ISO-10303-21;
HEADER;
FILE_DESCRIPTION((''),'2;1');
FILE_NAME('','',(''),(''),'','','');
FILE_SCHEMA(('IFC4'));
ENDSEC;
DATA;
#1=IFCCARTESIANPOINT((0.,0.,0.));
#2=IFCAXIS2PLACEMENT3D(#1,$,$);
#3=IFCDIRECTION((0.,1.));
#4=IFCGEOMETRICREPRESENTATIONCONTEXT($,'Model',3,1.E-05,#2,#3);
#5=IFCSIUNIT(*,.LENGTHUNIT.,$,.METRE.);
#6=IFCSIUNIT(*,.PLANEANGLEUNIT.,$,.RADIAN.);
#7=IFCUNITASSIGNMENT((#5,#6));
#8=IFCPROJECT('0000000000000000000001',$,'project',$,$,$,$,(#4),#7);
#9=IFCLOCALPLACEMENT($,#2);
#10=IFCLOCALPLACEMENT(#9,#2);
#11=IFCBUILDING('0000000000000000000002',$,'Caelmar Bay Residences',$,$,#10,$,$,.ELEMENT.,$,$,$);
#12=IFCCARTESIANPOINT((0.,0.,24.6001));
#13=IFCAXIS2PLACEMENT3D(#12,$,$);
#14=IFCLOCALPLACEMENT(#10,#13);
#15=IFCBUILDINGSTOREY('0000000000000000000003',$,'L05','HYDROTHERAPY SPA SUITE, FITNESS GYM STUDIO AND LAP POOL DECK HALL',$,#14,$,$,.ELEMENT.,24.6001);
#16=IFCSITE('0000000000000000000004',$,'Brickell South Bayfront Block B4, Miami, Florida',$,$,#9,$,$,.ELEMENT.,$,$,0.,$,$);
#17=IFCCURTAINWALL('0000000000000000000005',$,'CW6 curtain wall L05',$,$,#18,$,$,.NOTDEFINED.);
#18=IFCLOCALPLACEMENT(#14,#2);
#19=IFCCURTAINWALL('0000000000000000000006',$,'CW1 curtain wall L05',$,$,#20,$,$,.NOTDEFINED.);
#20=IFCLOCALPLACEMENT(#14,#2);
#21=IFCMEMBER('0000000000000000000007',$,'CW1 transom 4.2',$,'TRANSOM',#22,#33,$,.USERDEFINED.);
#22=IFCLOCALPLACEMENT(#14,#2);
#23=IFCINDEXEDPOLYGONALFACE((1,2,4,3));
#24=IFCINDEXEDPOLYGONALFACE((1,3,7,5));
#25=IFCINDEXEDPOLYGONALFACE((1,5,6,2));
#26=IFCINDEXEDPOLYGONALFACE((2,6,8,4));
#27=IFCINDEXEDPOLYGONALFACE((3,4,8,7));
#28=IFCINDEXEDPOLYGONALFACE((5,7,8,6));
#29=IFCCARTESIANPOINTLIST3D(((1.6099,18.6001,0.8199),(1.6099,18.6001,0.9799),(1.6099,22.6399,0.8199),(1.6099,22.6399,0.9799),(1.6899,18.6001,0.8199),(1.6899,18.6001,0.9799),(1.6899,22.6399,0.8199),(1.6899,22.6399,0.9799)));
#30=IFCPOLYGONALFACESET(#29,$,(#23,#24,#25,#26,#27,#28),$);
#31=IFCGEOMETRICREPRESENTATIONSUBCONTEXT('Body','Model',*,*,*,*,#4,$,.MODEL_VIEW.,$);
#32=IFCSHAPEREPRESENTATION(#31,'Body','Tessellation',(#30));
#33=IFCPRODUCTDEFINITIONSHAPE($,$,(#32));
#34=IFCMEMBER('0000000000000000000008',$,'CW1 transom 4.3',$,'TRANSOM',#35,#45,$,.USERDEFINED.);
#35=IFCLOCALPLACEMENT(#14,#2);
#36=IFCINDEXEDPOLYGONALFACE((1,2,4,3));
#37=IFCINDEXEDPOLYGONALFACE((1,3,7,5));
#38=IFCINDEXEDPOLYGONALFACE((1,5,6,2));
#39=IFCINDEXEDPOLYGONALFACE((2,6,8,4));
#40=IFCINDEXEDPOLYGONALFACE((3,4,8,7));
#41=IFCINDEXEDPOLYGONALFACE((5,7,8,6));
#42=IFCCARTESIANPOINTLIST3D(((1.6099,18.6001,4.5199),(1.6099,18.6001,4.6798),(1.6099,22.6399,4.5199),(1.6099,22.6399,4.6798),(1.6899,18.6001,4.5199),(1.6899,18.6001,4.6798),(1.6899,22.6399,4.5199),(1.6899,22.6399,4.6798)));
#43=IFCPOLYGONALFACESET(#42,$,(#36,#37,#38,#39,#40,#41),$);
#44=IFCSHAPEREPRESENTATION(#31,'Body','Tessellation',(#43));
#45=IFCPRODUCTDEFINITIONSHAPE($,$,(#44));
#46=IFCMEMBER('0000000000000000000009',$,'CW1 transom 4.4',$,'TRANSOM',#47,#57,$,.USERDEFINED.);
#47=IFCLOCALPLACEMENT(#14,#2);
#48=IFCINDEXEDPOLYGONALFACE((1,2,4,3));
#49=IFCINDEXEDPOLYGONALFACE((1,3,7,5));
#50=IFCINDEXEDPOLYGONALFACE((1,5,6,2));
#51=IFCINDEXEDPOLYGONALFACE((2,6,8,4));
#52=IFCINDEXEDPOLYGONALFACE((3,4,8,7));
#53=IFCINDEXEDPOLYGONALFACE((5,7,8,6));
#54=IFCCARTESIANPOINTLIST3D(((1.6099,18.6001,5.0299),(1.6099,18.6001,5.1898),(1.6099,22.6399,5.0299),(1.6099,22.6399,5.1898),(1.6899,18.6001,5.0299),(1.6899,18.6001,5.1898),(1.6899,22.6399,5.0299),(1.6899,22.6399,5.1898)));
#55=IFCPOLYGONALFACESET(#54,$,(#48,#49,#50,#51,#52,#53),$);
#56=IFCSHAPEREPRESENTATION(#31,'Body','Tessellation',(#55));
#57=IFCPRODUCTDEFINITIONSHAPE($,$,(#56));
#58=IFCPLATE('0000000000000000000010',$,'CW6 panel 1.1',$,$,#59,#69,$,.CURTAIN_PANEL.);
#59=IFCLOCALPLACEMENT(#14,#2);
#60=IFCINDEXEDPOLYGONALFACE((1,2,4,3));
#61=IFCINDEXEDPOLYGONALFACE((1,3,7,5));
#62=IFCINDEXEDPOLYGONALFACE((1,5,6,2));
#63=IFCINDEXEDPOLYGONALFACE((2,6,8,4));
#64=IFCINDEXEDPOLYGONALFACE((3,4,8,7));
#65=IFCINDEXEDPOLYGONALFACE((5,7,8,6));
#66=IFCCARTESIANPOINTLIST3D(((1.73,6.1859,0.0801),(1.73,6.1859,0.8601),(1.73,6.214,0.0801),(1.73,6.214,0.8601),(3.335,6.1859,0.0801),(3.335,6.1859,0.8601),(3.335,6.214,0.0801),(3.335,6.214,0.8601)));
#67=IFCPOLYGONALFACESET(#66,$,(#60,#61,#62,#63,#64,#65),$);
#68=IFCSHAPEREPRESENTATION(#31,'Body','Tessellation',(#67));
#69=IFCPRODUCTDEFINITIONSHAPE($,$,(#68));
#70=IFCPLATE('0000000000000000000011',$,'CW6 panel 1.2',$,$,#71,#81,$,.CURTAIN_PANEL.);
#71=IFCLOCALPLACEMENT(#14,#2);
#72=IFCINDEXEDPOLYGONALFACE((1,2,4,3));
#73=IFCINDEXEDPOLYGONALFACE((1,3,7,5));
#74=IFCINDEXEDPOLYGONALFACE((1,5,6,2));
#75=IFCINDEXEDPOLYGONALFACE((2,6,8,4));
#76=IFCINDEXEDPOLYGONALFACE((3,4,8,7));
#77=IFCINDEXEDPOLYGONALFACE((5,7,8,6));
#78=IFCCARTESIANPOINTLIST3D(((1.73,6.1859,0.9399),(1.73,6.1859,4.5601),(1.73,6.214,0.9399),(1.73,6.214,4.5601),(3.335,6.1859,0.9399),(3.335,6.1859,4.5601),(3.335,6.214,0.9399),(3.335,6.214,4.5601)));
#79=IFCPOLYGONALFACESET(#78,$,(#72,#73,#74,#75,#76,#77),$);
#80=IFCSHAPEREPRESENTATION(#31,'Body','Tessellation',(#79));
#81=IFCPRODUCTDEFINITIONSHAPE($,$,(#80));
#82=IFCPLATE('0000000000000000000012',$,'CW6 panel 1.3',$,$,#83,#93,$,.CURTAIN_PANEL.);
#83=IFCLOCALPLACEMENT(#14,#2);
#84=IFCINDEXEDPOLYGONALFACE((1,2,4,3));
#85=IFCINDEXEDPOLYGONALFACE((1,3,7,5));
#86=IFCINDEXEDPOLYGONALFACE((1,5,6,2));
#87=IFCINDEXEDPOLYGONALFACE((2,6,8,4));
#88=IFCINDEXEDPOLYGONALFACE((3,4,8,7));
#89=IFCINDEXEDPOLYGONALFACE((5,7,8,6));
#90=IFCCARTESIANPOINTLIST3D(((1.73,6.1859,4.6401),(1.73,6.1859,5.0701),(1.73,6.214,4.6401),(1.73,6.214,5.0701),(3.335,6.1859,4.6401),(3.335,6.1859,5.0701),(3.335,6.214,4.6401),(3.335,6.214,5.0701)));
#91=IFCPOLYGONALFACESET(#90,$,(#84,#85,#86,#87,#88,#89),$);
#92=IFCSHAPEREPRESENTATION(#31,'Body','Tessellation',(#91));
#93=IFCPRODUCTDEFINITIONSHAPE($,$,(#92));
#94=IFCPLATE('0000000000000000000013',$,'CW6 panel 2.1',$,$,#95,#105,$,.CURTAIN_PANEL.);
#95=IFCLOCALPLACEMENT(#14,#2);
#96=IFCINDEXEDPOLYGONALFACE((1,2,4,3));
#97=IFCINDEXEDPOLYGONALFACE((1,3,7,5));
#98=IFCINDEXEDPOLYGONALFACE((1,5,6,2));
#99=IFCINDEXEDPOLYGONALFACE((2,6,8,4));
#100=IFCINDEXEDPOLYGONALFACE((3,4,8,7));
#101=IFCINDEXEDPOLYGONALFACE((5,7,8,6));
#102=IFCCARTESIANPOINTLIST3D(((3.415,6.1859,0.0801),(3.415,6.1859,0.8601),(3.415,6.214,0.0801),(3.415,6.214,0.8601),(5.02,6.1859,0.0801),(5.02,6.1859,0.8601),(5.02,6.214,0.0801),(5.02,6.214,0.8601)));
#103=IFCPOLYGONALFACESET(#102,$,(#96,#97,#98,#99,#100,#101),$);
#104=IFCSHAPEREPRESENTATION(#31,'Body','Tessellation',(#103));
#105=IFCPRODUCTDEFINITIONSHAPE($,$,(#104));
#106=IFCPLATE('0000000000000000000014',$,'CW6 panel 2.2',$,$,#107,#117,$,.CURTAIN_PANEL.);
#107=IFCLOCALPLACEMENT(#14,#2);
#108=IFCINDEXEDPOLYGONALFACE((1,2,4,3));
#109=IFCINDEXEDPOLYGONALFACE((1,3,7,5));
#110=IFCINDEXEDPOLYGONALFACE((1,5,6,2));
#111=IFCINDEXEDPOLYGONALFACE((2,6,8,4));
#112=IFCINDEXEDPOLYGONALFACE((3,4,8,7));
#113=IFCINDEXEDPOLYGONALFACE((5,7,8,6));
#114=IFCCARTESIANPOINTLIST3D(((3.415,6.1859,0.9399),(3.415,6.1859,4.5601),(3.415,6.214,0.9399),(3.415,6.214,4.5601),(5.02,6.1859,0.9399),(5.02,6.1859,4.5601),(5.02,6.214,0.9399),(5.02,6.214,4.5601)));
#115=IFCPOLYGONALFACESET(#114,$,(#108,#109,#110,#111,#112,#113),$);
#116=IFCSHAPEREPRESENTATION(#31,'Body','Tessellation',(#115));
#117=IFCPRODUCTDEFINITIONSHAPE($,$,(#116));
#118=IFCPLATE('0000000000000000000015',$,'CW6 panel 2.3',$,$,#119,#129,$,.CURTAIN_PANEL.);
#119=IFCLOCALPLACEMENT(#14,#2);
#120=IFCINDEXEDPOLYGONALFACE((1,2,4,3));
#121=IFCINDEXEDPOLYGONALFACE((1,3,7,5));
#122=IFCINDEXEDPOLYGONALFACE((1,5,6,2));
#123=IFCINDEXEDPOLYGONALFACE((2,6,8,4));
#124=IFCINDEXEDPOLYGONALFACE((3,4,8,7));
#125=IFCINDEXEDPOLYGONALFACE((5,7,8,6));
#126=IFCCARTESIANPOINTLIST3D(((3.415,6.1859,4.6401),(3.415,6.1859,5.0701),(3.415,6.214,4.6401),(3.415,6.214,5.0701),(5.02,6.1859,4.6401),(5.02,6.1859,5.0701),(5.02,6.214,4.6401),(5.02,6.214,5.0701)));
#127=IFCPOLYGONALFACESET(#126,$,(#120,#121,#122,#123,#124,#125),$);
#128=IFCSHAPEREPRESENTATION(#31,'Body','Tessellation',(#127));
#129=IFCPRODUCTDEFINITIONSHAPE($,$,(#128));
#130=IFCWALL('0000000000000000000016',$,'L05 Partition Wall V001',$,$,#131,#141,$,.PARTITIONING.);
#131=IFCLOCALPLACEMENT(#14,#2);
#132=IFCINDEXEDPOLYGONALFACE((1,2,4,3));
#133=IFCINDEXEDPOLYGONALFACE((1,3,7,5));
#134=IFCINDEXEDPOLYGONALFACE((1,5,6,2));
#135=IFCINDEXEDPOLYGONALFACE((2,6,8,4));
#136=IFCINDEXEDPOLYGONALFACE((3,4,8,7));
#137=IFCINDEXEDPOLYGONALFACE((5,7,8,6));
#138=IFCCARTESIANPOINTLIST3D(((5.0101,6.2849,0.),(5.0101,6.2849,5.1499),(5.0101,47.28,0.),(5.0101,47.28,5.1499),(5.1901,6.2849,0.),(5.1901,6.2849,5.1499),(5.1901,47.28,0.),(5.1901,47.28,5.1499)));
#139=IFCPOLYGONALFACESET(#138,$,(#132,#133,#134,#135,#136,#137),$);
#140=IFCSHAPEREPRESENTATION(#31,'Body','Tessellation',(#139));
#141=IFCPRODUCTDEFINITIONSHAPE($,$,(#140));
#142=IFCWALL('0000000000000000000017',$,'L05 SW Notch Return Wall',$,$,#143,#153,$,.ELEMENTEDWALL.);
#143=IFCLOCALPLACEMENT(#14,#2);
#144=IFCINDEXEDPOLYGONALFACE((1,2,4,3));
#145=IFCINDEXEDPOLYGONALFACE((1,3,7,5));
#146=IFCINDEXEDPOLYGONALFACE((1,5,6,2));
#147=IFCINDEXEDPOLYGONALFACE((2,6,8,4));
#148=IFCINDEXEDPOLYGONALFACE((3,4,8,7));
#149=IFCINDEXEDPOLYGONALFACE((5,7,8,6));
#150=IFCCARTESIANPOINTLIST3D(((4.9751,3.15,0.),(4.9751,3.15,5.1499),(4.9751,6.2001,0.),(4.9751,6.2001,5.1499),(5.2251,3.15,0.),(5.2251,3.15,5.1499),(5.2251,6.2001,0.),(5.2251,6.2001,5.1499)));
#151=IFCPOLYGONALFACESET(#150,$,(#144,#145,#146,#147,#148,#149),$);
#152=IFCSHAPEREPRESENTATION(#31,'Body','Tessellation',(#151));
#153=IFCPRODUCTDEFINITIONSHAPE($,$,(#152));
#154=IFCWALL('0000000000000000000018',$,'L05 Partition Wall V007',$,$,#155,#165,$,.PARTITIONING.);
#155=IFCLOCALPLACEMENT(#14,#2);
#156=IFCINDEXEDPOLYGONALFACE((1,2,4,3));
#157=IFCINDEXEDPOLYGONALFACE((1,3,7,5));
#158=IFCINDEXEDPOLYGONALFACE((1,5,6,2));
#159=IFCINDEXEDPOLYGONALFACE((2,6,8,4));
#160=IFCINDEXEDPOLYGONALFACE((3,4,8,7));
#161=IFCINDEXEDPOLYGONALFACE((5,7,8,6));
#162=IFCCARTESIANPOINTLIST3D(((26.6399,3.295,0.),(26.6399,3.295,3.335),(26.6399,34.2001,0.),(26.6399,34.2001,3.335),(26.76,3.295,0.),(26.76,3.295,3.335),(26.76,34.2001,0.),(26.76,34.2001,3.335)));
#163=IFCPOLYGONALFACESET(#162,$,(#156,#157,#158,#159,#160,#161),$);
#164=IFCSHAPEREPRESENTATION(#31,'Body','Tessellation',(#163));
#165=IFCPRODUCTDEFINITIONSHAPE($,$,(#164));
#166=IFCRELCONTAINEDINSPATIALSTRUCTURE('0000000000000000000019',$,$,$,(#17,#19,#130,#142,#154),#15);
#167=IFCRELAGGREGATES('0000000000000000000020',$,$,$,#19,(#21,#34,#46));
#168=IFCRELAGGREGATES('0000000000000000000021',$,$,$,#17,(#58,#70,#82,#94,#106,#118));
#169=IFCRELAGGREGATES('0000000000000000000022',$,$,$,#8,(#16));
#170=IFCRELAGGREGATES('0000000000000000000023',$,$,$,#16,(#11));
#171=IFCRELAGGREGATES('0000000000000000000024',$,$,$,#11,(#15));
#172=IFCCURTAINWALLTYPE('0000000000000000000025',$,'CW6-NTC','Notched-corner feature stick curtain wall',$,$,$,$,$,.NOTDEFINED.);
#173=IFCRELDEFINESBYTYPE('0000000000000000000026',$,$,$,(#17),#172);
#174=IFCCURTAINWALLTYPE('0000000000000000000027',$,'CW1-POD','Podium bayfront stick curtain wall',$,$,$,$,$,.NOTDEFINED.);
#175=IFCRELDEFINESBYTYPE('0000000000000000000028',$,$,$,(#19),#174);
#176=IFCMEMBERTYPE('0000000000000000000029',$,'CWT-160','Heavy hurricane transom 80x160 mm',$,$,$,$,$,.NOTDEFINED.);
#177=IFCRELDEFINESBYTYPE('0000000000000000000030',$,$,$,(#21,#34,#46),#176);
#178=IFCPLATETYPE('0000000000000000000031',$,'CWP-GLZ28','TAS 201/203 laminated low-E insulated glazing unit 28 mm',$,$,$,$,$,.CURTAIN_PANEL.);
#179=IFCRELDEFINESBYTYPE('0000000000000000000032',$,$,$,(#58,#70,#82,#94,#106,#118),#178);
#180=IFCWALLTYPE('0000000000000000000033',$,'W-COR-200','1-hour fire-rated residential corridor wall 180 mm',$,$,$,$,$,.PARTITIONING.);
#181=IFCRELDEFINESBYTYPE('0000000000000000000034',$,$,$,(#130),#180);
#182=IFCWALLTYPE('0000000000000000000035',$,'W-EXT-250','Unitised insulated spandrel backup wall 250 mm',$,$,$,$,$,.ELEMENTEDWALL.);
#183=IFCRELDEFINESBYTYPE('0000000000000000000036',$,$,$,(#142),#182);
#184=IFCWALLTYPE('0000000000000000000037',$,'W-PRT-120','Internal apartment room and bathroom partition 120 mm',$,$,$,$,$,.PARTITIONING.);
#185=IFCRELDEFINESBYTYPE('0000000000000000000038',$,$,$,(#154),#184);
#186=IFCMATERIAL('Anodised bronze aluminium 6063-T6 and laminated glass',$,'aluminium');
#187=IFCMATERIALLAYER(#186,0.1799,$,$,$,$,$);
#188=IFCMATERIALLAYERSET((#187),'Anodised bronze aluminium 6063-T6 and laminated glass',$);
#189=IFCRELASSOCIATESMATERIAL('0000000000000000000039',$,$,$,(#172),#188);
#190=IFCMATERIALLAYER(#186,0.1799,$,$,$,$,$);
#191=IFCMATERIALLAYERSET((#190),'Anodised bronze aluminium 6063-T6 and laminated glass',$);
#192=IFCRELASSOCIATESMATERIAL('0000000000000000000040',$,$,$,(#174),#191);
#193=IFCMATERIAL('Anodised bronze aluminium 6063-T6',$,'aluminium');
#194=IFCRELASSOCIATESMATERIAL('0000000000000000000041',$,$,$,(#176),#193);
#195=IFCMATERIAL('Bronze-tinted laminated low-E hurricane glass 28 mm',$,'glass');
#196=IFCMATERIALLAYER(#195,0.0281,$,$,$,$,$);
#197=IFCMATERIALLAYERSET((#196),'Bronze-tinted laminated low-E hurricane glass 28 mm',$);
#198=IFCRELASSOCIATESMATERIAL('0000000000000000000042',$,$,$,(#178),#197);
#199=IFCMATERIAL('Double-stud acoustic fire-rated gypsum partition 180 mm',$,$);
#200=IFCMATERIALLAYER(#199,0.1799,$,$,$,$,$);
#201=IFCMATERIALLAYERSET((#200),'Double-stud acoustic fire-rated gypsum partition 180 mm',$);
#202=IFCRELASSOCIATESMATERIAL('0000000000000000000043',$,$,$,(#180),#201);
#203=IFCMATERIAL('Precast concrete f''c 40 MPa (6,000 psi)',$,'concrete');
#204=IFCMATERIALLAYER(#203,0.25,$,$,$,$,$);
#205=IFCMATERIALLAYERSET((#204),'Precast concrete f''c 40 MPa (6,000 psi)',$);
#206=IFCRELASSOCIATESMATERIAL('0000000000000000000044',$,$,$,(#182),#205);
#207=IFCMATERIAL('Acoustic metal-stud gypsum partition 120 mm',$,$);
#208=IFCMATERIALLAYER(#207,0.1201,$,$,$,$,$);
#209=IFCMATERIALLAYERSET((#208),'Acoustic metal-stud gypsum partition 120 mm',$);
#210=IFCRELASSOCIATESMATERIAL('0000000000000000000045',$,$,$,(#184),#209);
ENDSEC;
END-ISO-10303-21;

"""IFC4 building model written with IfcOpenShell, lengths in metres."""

from ifc_helpers import new_model, si_unit, direction, frame, frame_2d, origin, origin_2d, place, context, subcontext, project, spatial, rectangle, extrude, material, layer, layer_set, material_profile, profile_set, type_object, element, aggregate, save


model = new_model("IFC4")

# Units and contexts
model_context = context("Model", 3, precision=1e-05, world=origin(), true_north=direction((0.0, 1.0)))
body_context = subcontext(model_context, "Body", "Model", "MODEL_VIEW")
ifc_project = project(units=[si_unit("LENGTHUNIT", "METRE"), si_unit("PLANEANGLEUNIT", "RADIAN")], contexts=[model_context])

# Site, building, storey
site_placement = place(None, origin())
site = spatial("IfcSite", under=ifc_project, at=site_placement, Name="Brickell South Bayfront Block B4, Miami, Florida", CompositionType="ELEMENT", RefElevation=0.0)
building_placement = place(site_placement, origin())
building = spatial("IfcBuilding", under=site, at=building_placement, Name="Caelmar Bay Residences", CompositionType="ELEMENT")
storey_placement = place(building_placement, frame((0.0, 0.0, 24.6001)))
storey = spatial("IfcBuildingStorey", under=building, at=storey_placement, Name="L05", Description="HYDROTHERAPY SPA SUITE, FITNESS GYM STUDIO AND LAP POOL DECK HALL", CompositionType="ELEMENT", Elevation=24.6001)

# Curtain walls, members
ifc_material_1 = material(Name="Anodised bronze aluminium 6063-T6 and laminated glass", Category="aluminium")
ifc_layer_1 = layer(ifc_material_1, 0.1799)
ifc_layer_set_1 = layer_set([ifc_layer_1], Name="Anodised bronze aluminium 6063-T6 and laminated glass")
curtain_wall_type_1 = type_object("IfcCurtainWallType", Name="CW6-NTC", Description="Notched-corner feature stick curtain wall", PredefinedType="NOTDEFINED", material=ifc_layer_set_1)
curtain_wall_1_placement = place(storey_placement, origin())
curtain_wall_1 = element("IfcCurtainWall", 1, at=curtain_wall_1_placement, inside=storey, type_object=curtain_wall_type_1, Name="CW6 curtain wall L05", PredefinedType="NOTDEFINED")
ifc_material_2 = material(Name="Anodised bronze aluminium 6063-T6", Category="aluminium")
ifc_layer_2 = layer(ifc_material_1, 0.1799)
ifc_layer_set_2 = layer_set([ifc_layer_2], Name="Anodised bronze aluminium 6063-T6 and laminated glass")
curtain_wall_type_2 = type_object("IfcCurtainWallType", Name="CW1-POD", Description="Podium bayfront stick curtain wall", PredefinedType="NOTDEFINED", material=ifc_layer_set_2)
curtain_wall_2_placement = place(storey_placement, origin())
curtain_wall_2 = element("IfcCurtainWall", 2, at=curtain_wall_2_placement, inside=storey, type_object=curtain_wall_type_2, Name="CW1 curtain wall L05", PredefinedType="NOTDEFINED")
ifc_material_profile_1 = material_profile(ifc_material_2, rectangle(XDim=0.0801, YDim=0.1599, at=origin_2d()), Name="CWT-80X160")
ifc_profile_set_1 = profile_set([ifc_material_profile_1], Name="Anodised bronze aluminium 6063-T6")
member_type_1 = type_object("IfcMemberType", Name="CWT-160", Description="Heavy hurricane transom 80x160 mm", PredefinedType="NOTDEFINED", material=ifc_profile_set_1)
member_1_placement = place(storey_placement, frame((1.6499, 18.6001, 0.8999), z_axis=(0.0, 1.0, 0.0), x_axis=(-1.0, 0.0, 0.0)))
member_1 = element("IfcMember", 3, at=member_1_placement, type_object=member_type_1, Name="CW1 transom 4.2", ObjectType="TRANSOM", PredefinedType="USERDEFINED", context=body_context, shape_type="SweptSolid", body=[
    extrude(rectangle(XDim=0.0801, YDim=0.1599, at=origin_2d()), origin(), (0.0, 0.0, 1.0), 4.0398),
])
member_2_placement = place(storey_placement, frame((1.6499, 18.6001, 4.5999), z_axis=(0.0, 1.0, 0.0), x_axis=(-1.0, 0.0, 0.0)))
member_2 = element("IfcMember", 4, at=member_2_placement, type_object=member_type_1, Name="CW1 transom 4.3", ObjectType="TRANSOM", PredefinedType="USERDEFINED", context=body_context, shape_type="SweptSolid", body=[
    extrude(rectangle(XDim=0.0801, YDim=0.1599, at=origin_2d()), origin(), (0.0, 0.0, 1.0), 4.0398),
])
member_3_placement = place(storey_placement, frame((1.6499, 18.6001, 5.1099), z_axis=(0.0, 1.0, 0.0), x_axis=(-1.0, 0.0, 0.0)))
member_3 = element("IfcMember", 5, at=member_3_placement, type_object=member_type_1, Name="CW1 transom 4.4", ObjectType="TRANSOM", PredefinedType="USERDEFINED", context=body_context, shape_type="SweptSolid", body=[
    extrude(rectangle(XDim=0.0801, YDim=0.1599, at=origin_2d()), origin(), (0.0, 0.0, 1.0), 4.0398),
])
aggregate(curtain_wall_2, [member_1, member_2, member_3])

# Plates
ifc_material_3 = material(Name="Bronze-tinted laminated low-E hurricane glass 28 mm", Category="glass")
ifc_layer_3 = layer(ifc_material_3, 0.0281)
ifc_layer_set_3 = layer_set([ifc_layer_3], Name="Bronze-tinted laminated low-E hurricane glass 28 mm")
plate_type = type_object("IfcPlateType", Name="CWP-GLZ28", Description="TAS 201/203 laminated low-E insulated glazing unit 28 mm", PredefinedType="CURTAIN_PANEL", material=ifc_layer_set_3)
plate_1_placement = place(storey_placement, frame((2.5325, 6.2, 0.0801), z_axis=(0.0, 0.0, 1.0), x_axis=(1.0, 0.0, 0.0)))
plate_1 = element("IfcPlate", 6, at=plate_1_placement, type_object=plate_type, Name="CW6 panel 1.1", PredefinedType="CURTAIN_PANEL", context=body_context, shape_type="SweptSolid", body=[
    extrude(rectangle(XDim=1.605, YDim=0.0281, at=origin_2d()), origin(), (0.0, 0.0, 1.0), 0.78),
])
plate_2_placement = place(storey_placement, frame((2.5325, 6.2, 0.9399), z_axis=(0.0, 0.0, 1.0), x_axis=(1.0, 0.0, 0.0)))
plate_2 = element("IfcPlate", 7, at=plate_2_placement, type_object=plate_type, Name="CW6 panel 1.2", PredefinedType="CURTAIN_PANEL", context=body_context, shape_type="SweptSolid", body=[
    extrude(rectangle(XDim=1.605, YDim=0.0281, at=origin_2d()), origin(), (0.0, 0.0, 1.0), 3.6201),
])
plate_3_placement = place(storey_placement, frame((2.5325, 6.2, 4.6401), z_axis=(0.0, 0.0, 1.0), x_axis=(1.0, 0.0, 0.0)))
plate_3 = element("IfcPlate", 8, at=plate_3_placement, type_object=plate_type, Name="CW6 panel 1.3", PredefinedType="CURTAIN_PANEL", context=body_context, shape_type="SweptSolid", body=[
    extrude(rectangle(XDim=1.605, YDim=0.0281, at=origin_2d()), origin(), (0.0, 0.0, 1.0), 0.4299),
])
plate_4_placement = place(storey_placement, frame((4.2175, 6.2, 0.0801), z_axis=(0.0, 0.0, 1.0), x_axis=(1.0, 0.0, 0.0)))
plate_4 = element("IfcPlate", 9, at=plate_4_placement, type_object=plate_type, Name="CW6 panel 2.1", PredefinedType="CURTAIN_PANEL", context=body_context, shape_type="SweptSolid", body=[
    extrude(rectangle(XDim=1.605, YDim=0.0281, at=origin_2d()), origin(), (0.0, 0.0, 1.0), 0.78),
])
plate_5_placement = place(storey_placement, frame((4.2175, 6.2, 0.9399), z_axis=(0.0, 0.0, 1.0), x_axis=(1.0, 0.0, 0.0)))
plate_5 = element("IfcPlate", 10, at=plate_5_placement, type_object=plate_type, Name="CW6 panel 2.2", PredefinedType="CURTAIN_PANEL", context=body_context, shape_type="SweptSolid", body=[
    extrude(rectangle(XDim=1.605, YDim=0.0281, at=origin_2d()), origin(), (0.0, 0.0, 1.0), 3.6201),
])
plate_6_placement = place(storey_placement, frame((4.2175, 6.2, 4.6401), z_axis=(0.0, 0.0, 1.0), x_axis=(1.0, 0.0, 0.0)))
plate_6 = element("IfcPlate", 11, at=plate_6_placement, type_object=plate_type, Name="CW6 panel 2.3", PredefinedType="CURTAIN_PANEL", context=body_context, shape_type="SweptSolid", body=[
    extrude(rectangle(XDim=1.605, YDim=0.0281, at=origin_2d()), origin(), (0.0, 0.0, 1.0), 0.4299),
])
aggregate(curtain_wall_1, [plate_1, plate_2, plate_3, plate_4, plate_5, plate_6])

# Walls
ifc_material_4 = material(Name="Double-stud acoustic fire-rated gypsum partition 180 mm")
ifc_layer_4 = layer(ifc_material_4, 0.1799)
ifc_layer_set_4 = layer_set([ifc_layer_4], Name="Double-stud acoustic fire-rated gypsum partition 180 mm")
wall_type_1 = type_object("IfcWallType", Name="W-COR-200", Description="1-hour fire-rated residential corridor wall 180 mm", PredefinedType="PARTITIONING", material=ifc_layer_set_4)
wall_1_placement = place(storey_placement, frame((5.1001, 6.2849, 0.0), z_axis=(0.0, 0.0, 1.0), x_axis=(0.0, 1.0, 0.0)))
element("IfcWall", 12, at=wall_1_placement, inside=storey, type_object=wall_type_1, Name="L05 Partition Wall V001", PredefinedType="PARTITIONING", context=body_context, shape_type="SweptSolid", body=[
    extrude(rectangle(XDim=40.9951, YDim=0.1799, at=frame_2d((20.4976, 0.0))), origin(), (0.0, 0.0, 1.0), 5.1499),
])
ifc_material_5 = material(Name="Precast concrete f'c 40 MPa (6,000 psi)", Category="concrete")
ifc_layer_5 = layer(ifc_material_5, 0.25)
ifc_layer_set_5 = layer_set([ifc_layer_5], Name="Precast concrete f'c 40 MPa (6,000 psi)")
wall_type_2 = type_object("IfcWallType", Name="W-EXT-250", Description="Unitised insulated spandrel backup wall 250 mm", PredefinedType="ELEMENTEDWALL", material=ifc_layer_set_5)
wall_2_placement = place(storey_placement, frame((5.1001, 6.2, 0.0), z_axis=(0.0, 0.0, 1.0), x_axis=(0.0, -1.0, 0.0)))
element("IfcWall", 13, at=wall_2_placement, inside=storey, type_object=wall_type_2, Name="L05 SW Notch Return Wall", PredefinedType="ELEMENTEDWALL", context=body_context, shape_type="SweptSolid", body=[
    extrude(rectangle(XDim=3.05, YDim=0.25, at=frame_2d((1.5249, 0.0))), origin(), (0.0, 0.0, 1.0), 5.1499),
])
ifc_material_6 = material(Name="Acoustic metal-stud gypsum partition 120 mm")
ifc_layer_6 = layer(ifc_material_6, 0.1201)
ifc_layer_set_6 = layer_set([ifc_layer_6], Name="Acoustic metal-stud gypsum partition 120 mm")
wall_type_3 = type_object("IfcWallType", Name="W-PRT-120", Description="Internal apartment room and bathroom partition 120 mm", PredefinedType="PARTITIONING", material=ifc_layer_set_6)
wall_3_placement = place(storey_placement, frame((26.7, 3.2949, 0.0), z_axis=(0.0, 0.0, 1.0), x_axis=(0.0, 1.0, 0.0)))
element("IfcWall", 14, at=wall_3_placement, inside=storey, type_object=wall_type_3, Name="L05 Partition Wall V007", PredefinedType="PARTITIONING", context=body_context, shape_type="SweptSolid", body=[
    extrude(rectangle(XDim=30.905, YDim=0.1201, at=frame_2d((15.4526, 0.0))), origin(), (0.0, 0.0, 1.0), 3.335),
])

save(model, "model.ifc")
